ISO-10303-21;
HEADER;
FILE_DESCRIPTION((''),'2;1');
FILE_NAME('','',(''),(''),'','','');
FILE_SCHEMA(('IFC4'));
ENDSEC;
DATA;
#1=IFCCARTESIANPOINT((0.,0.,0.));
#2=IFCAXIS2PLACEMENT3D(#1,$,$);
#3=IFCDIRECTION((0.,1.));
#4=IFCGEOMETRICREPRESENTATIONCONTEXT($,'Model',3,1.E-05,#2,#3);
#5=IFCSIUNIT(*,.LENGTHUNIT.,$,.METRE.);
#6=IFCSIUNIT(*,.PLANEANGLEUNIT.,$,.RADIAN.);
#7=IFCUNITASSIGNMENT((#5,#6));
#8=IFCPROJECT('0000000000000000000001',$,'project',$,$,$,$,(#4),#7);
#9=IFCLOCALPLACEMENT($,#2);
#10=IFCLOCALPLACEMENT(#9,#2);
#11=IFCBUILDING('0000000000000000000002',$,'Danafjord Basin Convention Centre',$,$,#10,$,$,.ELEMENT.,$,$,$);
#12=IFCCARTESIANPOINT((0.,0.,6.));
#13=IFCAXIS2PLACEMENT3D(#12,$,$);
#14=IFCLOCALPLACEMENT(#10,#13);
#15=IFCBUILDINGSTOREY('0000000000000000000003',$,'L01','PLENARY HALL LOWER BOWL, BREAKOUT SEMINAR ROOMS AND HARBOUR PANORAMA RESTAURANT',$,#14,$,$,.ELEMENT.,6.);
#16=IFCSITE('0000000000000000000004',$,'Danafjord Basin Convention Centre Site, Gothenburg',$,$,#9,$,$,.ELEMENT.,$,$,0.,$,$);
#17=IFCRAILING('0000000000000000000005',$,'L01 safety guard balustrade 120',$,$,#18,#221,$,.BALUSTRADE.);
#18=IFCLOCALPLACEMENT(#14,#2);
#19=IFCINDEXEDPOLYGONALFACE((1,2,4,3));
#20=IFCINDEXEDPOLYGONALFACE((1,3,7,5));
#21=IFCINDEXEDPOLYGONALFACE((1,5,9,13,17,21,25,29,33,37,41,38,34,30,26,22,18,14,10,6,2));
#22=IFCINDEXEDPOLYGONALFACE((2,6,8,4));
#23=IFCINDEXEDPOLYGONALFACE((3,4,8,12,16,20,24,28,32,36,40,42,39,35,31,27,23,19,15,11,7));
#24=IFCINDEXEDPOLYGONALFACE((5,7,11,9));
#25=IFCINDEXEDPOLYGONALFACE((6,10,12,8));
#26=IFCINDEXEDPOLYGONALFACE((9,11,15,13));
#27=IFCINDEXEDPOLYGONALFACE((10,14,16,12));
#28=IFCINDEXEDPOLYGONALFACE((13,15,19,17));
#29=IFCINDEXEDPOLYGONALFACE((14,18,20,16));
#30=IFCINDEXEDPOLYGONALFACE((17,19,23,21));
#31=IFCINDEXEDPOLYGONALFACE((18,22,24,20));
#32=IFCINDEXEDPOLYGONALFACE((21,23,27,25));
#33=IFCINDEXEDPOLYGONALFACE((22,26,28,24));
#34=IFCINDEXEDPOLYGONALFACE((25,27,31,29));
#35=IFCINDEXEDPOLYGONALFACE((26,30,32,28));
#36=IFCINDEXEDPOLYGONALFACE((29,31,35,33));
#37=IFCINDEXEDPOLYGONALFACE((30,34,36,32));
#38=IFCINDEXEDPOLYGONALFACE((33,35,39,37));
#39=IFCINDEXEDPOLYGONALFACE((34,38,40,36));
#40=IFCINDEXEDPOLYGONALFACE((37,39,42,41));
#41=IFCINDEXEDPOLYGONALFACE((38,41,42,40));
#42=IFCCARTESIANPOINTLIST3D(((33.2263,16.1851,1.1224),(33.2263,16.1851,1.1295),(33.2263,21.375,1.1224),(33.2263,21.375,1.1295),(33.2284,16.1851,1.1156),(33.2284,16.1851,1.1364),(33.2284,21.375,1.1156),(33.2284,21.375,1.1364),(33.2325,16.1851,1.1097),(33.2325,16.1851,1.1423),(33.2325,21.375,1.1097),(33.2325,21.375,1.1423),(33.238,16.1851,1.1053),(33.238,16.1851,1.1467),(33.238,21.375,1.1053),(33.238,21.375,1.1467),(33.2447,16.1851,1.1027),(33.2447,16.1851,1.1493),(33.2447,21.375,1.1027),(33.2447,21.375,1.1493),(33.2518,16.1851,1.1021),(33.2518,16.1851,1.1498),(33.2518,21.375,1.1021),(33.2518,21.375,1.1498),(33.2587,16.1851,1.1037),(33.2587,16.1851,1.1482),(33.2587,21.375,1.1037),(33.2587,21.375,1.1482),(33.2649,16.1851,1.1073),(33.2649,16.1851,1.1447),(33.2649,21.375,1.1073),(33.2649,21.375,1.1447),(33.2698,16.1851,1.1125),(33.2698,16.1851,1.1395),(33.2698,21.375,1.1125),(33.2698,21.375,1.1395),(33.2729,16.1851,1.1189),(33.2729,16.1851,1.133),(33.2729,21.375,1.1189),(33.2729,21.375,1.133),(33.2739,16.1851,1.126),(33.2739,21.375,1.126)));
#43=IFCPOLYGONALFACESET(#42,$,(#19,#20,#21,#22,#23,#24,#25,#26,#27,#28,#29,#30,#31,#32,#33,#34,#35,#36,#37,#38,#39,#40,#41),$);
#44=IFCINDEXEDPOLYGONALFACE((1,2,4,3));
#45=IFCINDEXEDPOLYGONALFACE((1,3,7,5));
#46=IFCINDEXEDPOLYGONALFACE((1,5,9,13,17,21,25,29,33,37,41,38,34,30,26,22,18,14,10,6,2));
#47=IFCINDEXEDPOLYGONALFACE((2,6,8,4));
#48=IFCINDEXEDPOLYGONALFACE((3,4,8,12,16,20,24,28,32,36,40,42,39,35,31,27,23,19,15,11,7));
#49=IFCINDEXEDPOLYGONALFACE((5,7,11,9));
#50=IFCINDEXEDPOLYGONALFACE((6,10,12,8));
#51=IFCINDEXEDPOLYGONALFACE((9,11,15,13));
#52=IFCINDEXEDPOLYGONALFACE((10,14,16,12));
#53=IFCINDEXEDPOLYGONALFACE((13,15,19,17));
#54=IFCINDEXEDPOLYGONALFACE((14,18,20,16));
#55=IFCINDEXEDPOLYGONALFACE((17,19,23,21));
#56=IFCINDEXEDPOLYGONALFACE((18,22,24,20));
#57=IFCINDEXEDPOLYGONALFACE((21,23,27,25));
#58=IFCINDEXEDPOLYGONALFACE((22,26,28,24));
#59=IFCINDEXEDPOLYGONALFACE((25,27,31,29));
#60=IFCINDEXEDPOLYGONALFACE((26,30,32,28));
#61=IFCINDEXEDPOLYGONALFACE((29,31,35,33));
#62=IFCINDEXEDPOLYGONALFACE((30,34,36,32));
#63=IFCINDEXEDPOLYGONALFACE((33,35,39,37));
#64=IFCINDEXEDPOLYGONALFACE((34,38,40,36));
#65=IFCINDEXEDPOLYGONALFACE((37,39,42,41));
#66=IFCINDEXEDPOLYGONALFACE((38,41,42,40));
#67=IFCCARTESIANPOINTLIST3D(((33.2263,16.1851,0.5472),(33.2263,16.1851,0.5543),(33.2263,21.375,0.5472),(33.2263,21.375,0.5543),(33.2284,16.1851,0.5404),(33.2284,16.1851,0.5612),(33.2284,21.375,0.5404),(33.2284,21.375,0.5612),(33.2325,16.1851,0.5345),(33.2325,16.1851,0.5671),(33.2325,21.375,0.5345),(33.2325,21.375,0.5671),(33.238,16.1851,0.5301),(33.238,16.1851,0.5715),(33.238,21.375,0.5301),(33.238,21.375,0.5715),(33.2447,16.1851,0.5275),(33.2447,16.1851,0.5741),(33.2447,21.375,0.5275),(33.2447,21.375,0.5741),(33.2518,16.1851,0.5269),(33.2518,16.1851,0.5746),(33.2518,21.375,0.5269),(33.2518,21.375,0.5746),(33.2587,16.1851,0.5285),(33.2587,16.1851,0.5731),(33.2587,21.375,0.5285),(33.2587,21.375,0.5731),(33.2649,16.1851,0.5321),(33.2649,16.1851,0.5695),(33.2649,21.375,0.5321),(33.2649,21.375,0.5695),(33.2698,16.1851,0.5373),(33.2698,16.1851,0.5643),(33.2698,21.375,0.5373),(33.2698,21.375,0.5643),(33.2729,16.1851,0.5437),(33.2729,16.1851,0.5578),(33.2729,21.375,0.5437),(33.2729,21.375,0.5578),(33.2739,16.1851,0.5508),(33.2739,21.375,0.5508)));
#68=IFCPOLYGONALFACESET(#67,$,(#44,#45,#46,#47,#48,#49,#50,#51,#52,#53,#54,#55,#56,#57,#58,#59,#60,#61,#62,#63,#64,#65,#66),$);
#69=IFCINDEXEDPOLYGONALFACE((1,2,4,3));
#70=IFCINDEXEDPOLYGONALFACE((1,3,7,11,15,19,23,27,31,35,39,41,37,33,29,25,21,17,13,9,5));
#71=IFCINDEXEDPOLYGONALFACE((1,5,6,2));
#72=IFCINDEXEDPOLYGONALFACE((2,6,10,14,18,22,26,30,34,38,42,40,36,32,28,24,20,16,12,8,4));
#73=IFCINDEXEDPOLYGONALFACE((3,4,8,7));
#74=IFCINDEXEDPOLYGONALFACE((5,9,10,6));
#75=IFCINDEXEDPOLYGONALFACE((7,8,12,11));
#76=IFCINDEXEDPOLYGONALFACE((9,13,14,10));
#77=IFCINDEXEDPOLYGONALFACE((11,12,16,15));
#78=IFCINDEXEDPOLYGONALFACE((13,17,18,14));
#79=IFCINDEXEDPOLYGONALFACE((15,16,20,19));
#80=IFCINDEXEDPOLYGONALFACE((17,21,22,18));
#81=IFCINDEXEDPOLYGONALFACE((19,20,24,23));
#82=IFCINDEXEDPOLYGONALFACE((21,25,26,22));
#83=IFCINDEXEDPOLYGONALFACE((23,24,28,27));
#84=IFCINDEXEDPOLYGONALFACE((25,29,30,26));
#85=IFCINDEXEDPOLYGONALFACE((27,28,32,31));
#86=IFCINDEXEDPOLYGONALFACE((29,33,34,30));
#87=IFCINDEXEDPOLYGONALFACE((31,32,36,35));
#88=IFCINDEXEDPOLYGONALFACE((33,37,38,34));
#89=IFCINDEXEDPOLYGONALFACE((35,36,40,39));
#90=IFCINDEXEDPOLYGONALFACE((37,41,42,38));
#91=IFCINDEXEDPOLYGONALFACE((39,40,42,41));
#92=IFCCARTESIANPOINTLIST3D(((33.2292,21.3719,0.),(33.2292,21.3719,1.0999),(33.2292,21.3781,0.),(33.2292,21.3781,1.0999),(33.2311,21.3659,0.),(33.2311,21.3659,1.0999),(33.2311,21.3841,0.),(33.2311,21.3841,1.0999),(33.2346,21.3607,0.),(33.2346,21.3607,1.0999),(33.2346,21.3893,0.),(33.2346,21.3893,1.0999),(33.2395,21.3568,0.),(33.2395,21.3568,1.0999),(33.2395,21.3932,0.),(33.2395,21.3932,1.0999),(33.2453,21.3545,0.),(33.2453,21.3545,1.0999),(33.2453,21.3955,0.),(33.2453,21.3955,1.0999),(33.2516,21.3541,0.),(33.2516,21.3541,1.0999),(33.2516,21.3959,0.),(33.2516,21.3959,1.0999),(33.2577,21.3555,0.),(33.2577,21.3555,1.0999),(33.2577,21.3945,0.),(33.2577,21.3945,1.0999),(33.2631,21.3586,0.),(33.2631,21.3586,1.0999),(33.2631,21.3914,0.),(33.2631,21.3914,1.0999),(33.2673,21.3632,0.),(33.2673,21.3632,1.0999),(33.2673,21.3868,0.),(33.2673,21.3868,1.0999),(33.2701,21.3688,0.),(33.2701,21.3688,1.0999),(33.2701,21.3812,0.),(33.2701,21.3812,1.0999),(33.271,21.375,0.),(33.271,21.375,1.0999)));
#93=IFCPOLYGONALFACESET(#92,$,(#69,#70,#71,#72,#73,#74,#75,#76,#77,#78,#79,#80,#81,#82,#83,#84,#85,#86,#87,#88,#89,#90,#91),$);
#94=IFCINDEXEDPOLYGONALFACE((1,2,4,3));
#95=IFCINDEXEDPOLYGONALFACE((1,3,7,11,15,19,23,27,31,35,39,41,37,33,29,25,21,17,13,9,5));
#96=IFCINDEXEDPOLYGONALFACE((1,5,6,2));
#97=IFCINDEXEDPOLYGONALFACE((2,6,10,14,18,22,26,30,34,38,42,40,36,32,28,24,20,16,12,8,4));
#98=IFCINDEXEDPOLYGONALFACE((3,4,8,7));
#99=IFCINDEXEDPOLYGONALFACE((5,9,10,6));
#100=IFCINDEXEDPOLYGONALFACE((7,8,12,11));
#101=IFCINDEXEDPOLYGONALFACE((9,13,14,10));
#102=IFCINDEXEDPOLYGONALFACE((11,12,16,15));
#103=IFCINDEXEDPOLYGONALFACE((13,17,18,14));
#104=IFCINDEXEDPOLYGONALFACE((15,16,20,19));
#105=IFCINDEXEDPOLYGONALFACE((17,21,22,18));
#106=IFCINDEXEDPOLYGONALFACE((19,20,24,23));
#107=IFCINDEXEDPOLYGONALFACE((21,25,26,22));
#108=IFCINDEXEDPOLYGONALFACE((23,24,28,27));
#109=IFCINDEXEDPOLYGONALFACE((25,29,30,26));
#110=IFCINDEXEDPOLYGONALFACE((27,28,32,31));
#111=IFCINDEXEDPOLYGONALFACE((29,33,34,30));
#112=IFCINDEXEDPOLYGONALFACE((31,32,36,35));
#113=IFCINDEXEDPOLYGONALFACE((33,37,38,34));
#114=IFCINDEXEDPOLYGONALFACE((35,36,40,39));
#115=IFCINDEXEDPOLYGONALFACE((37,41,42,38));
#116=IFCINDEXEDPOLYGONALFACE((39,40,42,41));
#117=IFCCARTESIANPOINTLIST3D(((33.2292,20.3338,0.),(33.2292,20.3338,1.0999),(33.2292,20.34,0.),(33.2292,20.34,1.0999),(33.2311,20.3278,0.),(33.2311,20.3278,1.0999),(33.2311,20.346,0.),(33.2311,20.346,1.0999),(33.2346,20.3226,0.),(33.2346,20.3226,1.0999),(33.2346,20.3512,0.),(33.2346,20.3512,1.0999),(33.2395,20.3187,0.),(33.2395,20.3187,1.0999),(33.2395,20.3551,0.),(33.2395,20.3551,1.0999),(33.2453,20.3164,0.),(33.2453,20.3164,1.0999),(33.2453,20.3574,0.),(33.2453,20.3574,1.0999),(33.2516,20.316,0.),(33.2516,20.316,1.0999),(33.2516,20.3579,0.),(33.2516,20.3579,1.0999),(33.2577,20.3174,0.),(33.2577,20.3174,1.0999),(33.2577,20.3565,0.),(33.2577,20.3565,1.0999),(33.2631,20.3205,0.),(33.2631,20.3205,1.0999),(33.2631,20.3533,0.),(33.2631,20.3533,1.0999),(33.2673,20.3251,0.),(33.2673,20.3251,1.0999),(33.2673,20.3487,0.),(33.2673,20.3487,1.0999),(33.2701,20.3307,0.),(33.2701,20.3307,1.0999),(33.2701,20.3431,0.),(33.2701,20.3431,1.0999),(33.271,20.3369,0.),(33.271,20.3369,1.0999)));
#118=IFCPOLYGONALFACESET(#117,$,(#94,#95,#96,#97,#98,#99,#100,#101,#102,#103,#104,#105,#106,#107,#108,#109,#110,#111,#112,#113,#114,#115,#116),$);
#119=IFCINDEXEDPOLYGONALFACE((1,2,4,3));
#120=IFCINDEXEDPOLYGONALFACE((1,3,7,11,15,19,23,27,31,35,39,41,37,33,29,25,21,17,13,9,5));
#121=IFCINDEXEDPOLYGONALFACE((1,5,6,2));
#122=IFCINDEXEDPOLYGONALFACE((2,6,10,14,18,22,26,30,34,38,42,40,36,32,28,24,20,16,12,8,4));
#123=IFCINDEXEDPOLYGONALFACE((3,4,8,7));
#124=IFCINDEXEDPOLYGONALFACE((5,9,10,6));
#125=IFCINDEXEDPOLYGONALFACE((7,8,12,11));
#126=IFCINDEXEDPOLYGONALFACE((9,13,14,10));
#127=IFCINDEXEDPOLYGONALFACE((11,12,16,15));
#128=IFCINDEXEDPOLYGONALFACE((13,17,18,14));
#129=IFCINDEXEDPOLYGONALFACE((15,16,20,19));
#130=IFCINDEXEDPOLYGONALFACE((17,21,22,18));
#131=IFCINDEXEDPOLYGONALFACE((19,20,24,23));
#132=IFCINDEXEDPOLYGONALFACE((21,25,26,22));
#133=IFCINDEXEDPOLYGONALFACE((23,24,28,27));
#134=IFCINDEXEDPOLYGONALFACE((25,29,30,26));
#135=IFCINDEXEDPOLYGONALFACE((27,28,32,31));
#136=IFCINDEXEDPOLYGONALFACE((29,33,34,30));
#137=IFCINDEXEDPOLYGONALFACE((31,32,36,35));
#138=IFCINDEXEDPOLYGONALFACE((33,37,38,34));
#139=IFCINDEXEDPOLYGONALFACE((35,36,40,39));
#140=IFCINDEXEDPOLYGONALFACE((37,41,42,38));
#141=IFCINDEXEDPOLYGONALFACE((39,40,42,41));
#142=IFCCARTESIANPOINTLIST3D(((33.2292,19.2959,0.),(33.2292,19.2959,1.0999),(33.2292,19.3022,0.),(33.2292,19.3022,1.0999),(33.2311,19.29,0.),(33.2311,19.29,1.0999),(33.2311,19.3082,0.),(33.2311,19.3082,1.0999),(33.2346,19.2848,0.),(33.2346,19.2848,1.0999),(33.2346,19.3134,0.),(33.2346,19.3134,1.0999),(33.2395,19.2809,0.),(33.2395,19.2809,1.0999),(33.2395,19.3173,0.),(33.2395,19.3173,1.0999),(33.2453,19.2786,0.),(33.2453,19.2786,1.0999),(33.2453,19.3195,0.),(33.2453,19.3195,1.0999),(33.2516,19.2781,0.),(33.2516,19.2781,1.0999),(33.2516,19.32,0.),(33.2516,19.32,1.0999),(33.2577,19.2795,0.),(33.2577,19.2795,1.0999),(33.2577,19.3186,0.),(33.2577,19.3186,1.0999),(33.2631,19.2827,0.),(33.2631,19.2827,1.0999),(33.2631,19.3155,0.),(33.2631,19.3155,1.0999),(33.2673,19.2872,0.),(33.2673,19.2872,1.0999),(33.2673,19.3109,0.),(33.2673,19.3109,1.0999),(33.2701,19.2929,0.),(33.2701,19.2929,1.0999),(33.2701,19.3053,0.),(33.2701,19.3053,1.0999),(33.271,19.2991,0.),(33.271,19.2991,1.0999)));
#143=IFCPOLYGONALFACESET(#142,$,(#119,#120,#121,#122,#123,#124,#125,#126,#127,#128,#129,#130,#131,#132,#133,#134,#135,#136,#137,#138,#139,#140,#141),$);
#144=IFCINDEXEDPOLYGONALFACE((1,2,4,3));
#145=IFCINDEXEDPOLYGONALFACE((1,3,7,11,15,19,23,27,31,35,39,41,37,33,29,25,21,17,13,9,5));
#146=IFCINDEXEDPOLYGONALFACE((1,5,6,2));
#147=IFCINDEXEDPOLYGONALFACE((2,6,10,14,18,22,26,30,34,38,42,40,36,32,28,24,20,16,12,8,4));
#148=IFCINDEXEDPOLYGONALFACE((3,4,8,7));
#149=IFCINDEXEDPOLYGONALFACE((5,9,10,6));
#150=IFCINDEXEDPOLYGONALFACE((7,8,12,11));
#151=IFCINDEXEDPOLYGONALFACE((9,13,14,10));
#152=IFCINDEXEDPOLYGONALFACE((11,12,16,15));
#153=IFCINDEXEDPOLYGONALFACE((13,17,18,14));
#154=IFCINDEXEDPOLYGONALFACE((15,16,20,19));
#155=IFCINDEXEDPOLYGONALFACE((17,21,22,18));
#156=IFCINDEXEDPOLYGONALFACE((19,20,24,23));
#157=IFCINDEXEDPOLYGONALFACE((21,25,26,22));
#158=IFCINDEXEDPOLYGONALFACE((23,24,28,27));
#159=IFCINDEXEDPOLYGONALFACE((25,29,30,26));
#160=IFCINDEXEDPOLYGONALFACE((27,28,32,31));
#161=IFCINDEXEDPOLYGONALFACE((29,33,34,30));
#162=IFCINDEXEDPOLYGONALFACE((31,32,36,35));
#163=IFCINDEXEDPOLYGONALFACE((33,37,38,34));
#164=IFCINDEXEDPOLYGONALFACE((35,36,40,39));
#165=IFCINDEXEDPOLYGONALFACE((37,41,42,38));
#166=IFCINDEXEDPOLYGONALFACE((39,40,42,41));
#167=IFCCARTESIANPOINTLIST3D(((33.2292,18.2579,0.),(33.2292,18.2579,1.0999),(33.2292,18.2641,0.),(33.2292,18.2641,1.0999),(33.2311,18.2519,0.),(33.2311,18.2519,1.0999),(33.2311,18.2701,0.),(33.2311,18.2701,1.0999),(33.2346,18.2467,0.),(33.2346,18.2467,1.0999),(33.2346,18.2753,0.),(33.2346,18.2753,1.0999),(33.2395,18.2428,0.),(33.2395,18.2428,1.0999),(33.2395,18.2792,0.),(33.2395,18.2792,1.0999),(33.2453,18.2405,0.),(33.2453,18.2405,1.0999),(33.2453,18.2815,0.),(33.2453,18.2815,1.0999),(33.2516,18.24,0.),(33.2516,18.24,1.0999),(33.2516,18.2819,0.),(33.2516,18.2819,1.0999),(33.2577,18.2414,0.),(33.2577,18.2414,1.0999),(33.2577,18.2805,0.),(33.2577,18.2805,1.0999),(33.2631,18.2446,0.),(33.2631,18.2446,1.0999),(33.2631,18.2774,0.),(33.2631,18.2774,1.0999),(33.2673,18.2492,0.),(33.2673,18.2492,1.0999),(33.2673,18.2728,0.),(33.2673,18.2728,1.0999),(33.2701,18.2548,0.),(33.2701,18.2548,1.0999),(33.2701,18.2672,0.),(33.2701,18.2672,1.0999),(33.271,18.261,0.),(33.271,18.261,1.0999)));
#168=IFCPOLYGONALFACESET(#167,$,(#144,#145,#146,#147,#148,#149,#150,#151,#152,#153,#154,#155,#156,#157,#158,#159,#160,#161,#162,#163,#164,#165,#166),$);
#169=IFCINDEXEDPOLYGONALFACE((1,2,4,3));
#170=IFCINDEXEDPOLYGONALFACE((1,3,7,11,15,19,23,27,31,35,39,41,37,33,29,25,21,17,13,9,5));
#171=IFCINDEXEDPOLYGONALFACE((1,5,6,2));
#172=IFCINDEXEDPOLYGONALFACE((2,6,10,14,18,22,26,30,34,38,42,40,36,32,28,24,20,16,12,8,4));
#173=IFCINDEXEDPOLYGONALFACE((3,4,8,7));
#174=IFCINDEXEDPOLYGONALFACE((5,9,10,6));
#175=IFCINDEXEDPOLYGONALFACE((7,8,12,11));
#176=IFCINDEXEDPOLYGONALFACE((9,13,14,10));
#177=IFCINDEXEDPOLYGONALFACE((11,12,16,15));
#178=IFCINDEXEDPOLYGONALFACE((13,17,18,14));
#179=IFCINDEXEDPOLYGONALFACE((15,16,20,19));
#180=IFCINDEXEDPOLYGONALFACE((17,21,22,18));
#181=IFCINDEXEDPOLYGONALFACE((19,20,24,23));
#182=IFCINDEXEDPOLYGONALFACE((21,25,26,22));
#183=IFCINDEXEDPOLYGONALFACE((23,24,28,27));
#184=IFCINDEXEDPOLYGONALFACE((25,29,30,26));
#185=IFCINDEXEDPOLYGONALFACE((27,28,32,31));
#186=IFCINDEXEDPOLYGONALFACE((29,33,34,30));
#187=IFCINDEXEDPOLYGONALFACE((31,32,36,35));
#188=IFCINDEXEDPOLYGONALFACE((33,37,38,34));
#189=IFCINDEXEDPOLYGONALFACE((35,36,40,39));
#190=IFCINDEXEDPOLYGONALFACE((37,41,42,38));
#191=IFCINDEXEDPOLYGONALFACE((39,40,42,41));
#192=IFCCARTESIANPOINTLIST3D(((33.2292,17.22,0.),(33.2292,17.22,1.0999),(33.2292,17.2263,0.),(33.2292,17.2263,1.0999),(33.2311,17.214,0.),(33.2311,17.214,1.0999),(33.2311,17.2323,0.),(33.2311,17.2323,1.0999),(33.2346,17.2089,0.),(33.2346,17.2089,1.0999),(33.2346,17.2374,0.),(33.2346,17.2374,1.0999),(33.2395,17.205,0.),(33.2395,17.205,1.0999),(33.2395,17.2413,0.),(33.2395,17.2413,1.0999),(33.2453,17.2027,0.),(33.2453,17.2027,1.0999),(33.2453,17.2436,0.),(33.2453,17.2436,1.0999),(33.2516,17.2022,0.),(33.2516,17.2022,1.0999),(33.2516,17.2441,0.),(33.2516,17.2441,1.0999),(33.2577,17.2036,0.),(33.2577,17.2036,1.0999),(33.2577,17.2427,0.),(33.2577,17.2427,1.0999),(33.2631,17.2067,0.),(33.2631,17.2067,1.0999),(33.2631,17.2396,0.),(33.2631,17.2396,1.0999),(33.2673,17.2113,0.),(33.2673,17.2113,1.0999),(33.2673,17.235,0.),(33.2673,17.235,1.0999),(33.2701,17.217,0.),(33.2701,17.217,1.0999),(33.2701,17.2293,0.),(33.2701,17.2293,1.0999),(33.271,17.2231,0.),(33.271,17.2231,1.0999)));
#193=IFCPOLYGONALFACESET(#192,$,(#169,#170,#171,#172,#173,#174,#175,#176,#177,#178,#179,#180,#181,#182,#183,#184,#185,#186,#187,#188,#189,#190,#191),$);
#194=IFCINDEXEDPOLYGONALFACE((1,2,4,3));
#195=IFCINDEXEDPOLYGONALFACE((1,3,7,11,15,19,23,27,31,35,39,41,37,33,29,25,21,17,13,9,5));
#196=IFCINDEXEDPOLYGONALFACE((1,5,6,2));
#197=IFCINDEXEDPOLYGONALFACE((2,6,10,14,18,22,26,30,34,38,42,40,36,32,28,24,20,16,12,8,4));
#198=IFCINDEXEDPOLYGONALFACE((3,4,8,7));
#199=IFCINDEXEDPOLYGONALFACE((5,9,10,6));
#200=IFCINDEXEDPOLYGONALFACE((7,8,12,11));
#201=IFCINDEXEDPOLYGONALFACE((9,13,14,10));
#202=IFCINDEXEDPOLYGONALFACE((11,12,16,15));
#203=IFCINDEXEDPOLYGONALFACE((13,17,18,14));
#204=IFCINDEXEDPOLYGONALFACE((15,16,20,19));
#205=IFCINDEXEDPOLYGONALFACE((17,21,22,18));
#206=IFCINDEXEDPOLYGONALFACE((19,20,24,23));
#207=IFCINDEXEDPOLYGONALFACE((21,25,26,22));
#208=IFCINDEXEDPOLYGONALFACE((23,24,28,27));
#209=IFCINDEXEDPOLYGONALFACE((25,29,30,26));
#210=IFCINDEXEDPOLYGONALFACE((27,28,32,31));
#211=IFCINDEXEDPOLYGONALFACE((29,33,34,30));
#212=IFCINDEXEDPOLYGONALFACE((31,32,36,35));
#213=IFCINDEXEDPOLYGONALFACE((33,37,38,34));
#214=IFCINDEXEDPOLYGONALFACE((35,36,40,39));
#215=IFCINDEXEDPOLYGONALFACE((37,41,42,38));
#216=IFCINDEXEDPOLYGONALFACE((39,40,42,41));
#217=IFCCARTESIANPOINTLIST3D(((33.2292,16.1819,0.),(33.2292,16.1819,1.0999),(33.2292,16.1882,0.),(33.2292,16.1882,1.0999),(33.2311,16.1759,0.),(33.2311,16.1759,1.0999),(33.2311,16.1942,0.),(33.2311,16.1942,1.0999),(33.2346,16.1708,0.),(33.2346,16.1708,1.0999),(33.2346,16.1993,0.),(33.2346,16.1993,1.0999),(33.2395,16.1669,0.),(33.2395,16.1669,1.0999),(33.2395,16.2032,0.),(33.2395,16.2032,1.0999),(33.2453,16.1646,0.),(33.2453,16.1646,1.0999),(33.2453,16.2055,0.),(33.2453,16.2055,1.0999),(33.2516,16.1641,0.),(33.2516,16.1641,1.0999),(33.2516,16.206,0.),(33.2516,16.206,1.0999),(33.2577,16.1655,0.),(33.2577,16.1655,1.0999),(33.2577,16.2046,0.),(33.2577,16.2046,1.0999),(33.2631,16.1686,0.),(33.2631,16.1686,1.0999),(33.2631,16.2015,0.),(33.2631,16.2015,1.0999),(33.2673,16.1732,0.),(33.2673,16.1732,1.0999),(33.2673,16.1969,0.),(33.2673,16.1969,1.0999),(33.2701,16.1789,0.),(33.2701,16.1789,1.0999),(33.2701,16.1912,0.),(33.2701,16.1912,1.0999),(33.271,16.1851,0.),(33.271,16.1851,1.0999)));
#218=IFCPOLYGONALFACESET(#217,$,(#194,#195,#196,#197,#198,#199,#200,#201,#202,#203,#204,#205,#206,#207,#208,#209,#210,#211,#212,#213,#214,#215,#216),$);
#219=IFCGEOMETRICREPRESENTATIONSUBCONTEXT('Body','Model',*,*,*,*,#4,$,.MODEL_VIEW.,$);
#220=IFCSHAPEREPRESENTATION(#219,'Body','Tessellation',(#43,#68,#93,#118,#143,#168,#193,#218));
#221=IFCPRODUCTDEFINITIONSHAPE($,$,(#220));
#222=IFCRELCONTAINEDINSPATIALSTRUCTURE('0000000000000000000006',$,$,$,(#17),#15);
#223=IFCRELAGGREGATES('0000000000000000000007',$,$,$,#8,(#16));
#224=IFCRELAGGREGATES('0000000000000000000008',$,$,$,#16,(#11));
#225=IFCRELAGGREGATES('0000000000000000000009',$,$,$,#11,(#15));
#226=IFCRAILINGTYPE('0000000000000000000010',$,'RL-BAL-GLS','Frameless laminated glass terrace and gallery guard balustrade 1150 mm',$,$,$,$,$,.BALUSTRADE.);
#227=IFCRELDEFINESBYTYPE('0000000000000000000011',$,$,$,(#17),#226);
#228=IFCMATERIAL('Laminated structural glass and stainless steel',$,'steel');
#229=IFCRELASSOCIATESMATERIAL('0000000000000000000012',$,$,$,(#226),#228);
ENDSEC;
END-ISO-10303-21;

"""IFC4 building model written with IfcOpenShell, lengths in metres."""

from ifc_helpers import new_model, si_unit, direction, frame, origin, origin_2d, place, context, subcontext, project, spatial, circle, extrude, material, type_object, element, save


model = new_model("IFC4")

# Units and contexts
model_context = context("Model", 3, precision=1e-05, world=origin(), true_north=direction((0.0, 1.0)))
body_context = subcontext(model_context, "Body", "Model", "MODEL_VIEW")
ifc_project = project(units=[si_unit("LENGTHUNIT", "METRE"), si_unit("PLANEANGLEUNIT", "RADIAN")], contexts=[model_context])

# Site, building, storey
site_placement = place(None, origin())
site = spatial("IfcSite", under=ifc_project, at=site_placement, Name="Danafjord Basin Convention Centre Site, Gothenburg", CompositionType="ELEMENT", RefElevation=0.0)
building_placement = place(site_placement, origin())
building = spatial("IfcBuilding", under=site, at=building_placement, Name="Danafjord Basin Convention Centre", CompositionType="ELEMENT")
storey_placement = place(building_placement, frame((0.0, 0.0, 6.0)))
storey = spatial("IfcBuildingStorey", under=building, at=storey_placement, Name="L01", Description="PLENARY HALL LOWER BOWL, BREAKOUT SEMINAR ROOMS AND HARBOUR PANORAMA RESTAURANT", CompositionType="ELEMENT", Elevation=6.0)

# Railing
ifc_material_1 = material(Name="Laminated structural glass and stainless steel", Category="steel")
railing_type_1 = type_object("IfcRailingType", Name="RL-BAL-GLS", Description="Frameless laminated glass terrace and gallery guard balustrade 1150 mm", PredefinedType="BALUSTRADE", material=ifc_material_1)
railing_1_placement = place(storey_placement, frame((33.25, 21.375, 0.0)))
element("IfcRailing", 1, at=railing_1_placement, inside=storey, type_object=railing_type_1, Name="L01 safety guard balustrade 120", PredefinedType="BALUSTRADE", context=body_context, shape_type="SweptSolid", body=[
    extrude(circle(Radius=0.0239, at=origin_2d()), frame((0.0, 0.0, 1.126), z_axis=(0.0, -1.0, 0.0), x_axis=(1.0, 0.0, 0.0)), (0.0, 0.0, 1.0), 5.1899),
    extrude(circle(Radius=0.0239, at=origin_2d()), frame((0.0, 0.0, 0.5508), z_axis=(0.0, -1.0, 0.0), x_axis=(1.0, 0.0, 0.0)), (0.0, 0.0, 1.0), 5.1899),
    extrude(circle(Radius=0.021, at=origin_2d()), origin(), (0.0, 0.0, 1.0), 1.0999),
    extrude(circle(Radius=0.021, at=origin_2d()), frame((0.0, -1.0381, 0.0)), (0.0, 0.0, 1.0), 1.0999),
    extrude(circle(Radius=0.021, at=origin_2d()), frame((0.0, -2.0759, 0.0)), (0.0, 0.0, 1.0), 1.0999),
    extrude(circle(Radius=0.021, at=origin_2d()), frame((0.0, -3.114, 0.0)), (0.0, 0.0, 1.0), 1.0999),
    extrude(circle(Radius=0.021, at=origin_2d()), frame((0.0, -4.1519, 0.0)), (0.0, 0.0, 1.0), 1.0999),
    extrude(circle(Radius=0.021, at=origin_2d()), frame((0.0, -5.1899, 0.0)), (0.0, 0.0, 1.0), 1.0999),
])

save(model, "model.ifc")
